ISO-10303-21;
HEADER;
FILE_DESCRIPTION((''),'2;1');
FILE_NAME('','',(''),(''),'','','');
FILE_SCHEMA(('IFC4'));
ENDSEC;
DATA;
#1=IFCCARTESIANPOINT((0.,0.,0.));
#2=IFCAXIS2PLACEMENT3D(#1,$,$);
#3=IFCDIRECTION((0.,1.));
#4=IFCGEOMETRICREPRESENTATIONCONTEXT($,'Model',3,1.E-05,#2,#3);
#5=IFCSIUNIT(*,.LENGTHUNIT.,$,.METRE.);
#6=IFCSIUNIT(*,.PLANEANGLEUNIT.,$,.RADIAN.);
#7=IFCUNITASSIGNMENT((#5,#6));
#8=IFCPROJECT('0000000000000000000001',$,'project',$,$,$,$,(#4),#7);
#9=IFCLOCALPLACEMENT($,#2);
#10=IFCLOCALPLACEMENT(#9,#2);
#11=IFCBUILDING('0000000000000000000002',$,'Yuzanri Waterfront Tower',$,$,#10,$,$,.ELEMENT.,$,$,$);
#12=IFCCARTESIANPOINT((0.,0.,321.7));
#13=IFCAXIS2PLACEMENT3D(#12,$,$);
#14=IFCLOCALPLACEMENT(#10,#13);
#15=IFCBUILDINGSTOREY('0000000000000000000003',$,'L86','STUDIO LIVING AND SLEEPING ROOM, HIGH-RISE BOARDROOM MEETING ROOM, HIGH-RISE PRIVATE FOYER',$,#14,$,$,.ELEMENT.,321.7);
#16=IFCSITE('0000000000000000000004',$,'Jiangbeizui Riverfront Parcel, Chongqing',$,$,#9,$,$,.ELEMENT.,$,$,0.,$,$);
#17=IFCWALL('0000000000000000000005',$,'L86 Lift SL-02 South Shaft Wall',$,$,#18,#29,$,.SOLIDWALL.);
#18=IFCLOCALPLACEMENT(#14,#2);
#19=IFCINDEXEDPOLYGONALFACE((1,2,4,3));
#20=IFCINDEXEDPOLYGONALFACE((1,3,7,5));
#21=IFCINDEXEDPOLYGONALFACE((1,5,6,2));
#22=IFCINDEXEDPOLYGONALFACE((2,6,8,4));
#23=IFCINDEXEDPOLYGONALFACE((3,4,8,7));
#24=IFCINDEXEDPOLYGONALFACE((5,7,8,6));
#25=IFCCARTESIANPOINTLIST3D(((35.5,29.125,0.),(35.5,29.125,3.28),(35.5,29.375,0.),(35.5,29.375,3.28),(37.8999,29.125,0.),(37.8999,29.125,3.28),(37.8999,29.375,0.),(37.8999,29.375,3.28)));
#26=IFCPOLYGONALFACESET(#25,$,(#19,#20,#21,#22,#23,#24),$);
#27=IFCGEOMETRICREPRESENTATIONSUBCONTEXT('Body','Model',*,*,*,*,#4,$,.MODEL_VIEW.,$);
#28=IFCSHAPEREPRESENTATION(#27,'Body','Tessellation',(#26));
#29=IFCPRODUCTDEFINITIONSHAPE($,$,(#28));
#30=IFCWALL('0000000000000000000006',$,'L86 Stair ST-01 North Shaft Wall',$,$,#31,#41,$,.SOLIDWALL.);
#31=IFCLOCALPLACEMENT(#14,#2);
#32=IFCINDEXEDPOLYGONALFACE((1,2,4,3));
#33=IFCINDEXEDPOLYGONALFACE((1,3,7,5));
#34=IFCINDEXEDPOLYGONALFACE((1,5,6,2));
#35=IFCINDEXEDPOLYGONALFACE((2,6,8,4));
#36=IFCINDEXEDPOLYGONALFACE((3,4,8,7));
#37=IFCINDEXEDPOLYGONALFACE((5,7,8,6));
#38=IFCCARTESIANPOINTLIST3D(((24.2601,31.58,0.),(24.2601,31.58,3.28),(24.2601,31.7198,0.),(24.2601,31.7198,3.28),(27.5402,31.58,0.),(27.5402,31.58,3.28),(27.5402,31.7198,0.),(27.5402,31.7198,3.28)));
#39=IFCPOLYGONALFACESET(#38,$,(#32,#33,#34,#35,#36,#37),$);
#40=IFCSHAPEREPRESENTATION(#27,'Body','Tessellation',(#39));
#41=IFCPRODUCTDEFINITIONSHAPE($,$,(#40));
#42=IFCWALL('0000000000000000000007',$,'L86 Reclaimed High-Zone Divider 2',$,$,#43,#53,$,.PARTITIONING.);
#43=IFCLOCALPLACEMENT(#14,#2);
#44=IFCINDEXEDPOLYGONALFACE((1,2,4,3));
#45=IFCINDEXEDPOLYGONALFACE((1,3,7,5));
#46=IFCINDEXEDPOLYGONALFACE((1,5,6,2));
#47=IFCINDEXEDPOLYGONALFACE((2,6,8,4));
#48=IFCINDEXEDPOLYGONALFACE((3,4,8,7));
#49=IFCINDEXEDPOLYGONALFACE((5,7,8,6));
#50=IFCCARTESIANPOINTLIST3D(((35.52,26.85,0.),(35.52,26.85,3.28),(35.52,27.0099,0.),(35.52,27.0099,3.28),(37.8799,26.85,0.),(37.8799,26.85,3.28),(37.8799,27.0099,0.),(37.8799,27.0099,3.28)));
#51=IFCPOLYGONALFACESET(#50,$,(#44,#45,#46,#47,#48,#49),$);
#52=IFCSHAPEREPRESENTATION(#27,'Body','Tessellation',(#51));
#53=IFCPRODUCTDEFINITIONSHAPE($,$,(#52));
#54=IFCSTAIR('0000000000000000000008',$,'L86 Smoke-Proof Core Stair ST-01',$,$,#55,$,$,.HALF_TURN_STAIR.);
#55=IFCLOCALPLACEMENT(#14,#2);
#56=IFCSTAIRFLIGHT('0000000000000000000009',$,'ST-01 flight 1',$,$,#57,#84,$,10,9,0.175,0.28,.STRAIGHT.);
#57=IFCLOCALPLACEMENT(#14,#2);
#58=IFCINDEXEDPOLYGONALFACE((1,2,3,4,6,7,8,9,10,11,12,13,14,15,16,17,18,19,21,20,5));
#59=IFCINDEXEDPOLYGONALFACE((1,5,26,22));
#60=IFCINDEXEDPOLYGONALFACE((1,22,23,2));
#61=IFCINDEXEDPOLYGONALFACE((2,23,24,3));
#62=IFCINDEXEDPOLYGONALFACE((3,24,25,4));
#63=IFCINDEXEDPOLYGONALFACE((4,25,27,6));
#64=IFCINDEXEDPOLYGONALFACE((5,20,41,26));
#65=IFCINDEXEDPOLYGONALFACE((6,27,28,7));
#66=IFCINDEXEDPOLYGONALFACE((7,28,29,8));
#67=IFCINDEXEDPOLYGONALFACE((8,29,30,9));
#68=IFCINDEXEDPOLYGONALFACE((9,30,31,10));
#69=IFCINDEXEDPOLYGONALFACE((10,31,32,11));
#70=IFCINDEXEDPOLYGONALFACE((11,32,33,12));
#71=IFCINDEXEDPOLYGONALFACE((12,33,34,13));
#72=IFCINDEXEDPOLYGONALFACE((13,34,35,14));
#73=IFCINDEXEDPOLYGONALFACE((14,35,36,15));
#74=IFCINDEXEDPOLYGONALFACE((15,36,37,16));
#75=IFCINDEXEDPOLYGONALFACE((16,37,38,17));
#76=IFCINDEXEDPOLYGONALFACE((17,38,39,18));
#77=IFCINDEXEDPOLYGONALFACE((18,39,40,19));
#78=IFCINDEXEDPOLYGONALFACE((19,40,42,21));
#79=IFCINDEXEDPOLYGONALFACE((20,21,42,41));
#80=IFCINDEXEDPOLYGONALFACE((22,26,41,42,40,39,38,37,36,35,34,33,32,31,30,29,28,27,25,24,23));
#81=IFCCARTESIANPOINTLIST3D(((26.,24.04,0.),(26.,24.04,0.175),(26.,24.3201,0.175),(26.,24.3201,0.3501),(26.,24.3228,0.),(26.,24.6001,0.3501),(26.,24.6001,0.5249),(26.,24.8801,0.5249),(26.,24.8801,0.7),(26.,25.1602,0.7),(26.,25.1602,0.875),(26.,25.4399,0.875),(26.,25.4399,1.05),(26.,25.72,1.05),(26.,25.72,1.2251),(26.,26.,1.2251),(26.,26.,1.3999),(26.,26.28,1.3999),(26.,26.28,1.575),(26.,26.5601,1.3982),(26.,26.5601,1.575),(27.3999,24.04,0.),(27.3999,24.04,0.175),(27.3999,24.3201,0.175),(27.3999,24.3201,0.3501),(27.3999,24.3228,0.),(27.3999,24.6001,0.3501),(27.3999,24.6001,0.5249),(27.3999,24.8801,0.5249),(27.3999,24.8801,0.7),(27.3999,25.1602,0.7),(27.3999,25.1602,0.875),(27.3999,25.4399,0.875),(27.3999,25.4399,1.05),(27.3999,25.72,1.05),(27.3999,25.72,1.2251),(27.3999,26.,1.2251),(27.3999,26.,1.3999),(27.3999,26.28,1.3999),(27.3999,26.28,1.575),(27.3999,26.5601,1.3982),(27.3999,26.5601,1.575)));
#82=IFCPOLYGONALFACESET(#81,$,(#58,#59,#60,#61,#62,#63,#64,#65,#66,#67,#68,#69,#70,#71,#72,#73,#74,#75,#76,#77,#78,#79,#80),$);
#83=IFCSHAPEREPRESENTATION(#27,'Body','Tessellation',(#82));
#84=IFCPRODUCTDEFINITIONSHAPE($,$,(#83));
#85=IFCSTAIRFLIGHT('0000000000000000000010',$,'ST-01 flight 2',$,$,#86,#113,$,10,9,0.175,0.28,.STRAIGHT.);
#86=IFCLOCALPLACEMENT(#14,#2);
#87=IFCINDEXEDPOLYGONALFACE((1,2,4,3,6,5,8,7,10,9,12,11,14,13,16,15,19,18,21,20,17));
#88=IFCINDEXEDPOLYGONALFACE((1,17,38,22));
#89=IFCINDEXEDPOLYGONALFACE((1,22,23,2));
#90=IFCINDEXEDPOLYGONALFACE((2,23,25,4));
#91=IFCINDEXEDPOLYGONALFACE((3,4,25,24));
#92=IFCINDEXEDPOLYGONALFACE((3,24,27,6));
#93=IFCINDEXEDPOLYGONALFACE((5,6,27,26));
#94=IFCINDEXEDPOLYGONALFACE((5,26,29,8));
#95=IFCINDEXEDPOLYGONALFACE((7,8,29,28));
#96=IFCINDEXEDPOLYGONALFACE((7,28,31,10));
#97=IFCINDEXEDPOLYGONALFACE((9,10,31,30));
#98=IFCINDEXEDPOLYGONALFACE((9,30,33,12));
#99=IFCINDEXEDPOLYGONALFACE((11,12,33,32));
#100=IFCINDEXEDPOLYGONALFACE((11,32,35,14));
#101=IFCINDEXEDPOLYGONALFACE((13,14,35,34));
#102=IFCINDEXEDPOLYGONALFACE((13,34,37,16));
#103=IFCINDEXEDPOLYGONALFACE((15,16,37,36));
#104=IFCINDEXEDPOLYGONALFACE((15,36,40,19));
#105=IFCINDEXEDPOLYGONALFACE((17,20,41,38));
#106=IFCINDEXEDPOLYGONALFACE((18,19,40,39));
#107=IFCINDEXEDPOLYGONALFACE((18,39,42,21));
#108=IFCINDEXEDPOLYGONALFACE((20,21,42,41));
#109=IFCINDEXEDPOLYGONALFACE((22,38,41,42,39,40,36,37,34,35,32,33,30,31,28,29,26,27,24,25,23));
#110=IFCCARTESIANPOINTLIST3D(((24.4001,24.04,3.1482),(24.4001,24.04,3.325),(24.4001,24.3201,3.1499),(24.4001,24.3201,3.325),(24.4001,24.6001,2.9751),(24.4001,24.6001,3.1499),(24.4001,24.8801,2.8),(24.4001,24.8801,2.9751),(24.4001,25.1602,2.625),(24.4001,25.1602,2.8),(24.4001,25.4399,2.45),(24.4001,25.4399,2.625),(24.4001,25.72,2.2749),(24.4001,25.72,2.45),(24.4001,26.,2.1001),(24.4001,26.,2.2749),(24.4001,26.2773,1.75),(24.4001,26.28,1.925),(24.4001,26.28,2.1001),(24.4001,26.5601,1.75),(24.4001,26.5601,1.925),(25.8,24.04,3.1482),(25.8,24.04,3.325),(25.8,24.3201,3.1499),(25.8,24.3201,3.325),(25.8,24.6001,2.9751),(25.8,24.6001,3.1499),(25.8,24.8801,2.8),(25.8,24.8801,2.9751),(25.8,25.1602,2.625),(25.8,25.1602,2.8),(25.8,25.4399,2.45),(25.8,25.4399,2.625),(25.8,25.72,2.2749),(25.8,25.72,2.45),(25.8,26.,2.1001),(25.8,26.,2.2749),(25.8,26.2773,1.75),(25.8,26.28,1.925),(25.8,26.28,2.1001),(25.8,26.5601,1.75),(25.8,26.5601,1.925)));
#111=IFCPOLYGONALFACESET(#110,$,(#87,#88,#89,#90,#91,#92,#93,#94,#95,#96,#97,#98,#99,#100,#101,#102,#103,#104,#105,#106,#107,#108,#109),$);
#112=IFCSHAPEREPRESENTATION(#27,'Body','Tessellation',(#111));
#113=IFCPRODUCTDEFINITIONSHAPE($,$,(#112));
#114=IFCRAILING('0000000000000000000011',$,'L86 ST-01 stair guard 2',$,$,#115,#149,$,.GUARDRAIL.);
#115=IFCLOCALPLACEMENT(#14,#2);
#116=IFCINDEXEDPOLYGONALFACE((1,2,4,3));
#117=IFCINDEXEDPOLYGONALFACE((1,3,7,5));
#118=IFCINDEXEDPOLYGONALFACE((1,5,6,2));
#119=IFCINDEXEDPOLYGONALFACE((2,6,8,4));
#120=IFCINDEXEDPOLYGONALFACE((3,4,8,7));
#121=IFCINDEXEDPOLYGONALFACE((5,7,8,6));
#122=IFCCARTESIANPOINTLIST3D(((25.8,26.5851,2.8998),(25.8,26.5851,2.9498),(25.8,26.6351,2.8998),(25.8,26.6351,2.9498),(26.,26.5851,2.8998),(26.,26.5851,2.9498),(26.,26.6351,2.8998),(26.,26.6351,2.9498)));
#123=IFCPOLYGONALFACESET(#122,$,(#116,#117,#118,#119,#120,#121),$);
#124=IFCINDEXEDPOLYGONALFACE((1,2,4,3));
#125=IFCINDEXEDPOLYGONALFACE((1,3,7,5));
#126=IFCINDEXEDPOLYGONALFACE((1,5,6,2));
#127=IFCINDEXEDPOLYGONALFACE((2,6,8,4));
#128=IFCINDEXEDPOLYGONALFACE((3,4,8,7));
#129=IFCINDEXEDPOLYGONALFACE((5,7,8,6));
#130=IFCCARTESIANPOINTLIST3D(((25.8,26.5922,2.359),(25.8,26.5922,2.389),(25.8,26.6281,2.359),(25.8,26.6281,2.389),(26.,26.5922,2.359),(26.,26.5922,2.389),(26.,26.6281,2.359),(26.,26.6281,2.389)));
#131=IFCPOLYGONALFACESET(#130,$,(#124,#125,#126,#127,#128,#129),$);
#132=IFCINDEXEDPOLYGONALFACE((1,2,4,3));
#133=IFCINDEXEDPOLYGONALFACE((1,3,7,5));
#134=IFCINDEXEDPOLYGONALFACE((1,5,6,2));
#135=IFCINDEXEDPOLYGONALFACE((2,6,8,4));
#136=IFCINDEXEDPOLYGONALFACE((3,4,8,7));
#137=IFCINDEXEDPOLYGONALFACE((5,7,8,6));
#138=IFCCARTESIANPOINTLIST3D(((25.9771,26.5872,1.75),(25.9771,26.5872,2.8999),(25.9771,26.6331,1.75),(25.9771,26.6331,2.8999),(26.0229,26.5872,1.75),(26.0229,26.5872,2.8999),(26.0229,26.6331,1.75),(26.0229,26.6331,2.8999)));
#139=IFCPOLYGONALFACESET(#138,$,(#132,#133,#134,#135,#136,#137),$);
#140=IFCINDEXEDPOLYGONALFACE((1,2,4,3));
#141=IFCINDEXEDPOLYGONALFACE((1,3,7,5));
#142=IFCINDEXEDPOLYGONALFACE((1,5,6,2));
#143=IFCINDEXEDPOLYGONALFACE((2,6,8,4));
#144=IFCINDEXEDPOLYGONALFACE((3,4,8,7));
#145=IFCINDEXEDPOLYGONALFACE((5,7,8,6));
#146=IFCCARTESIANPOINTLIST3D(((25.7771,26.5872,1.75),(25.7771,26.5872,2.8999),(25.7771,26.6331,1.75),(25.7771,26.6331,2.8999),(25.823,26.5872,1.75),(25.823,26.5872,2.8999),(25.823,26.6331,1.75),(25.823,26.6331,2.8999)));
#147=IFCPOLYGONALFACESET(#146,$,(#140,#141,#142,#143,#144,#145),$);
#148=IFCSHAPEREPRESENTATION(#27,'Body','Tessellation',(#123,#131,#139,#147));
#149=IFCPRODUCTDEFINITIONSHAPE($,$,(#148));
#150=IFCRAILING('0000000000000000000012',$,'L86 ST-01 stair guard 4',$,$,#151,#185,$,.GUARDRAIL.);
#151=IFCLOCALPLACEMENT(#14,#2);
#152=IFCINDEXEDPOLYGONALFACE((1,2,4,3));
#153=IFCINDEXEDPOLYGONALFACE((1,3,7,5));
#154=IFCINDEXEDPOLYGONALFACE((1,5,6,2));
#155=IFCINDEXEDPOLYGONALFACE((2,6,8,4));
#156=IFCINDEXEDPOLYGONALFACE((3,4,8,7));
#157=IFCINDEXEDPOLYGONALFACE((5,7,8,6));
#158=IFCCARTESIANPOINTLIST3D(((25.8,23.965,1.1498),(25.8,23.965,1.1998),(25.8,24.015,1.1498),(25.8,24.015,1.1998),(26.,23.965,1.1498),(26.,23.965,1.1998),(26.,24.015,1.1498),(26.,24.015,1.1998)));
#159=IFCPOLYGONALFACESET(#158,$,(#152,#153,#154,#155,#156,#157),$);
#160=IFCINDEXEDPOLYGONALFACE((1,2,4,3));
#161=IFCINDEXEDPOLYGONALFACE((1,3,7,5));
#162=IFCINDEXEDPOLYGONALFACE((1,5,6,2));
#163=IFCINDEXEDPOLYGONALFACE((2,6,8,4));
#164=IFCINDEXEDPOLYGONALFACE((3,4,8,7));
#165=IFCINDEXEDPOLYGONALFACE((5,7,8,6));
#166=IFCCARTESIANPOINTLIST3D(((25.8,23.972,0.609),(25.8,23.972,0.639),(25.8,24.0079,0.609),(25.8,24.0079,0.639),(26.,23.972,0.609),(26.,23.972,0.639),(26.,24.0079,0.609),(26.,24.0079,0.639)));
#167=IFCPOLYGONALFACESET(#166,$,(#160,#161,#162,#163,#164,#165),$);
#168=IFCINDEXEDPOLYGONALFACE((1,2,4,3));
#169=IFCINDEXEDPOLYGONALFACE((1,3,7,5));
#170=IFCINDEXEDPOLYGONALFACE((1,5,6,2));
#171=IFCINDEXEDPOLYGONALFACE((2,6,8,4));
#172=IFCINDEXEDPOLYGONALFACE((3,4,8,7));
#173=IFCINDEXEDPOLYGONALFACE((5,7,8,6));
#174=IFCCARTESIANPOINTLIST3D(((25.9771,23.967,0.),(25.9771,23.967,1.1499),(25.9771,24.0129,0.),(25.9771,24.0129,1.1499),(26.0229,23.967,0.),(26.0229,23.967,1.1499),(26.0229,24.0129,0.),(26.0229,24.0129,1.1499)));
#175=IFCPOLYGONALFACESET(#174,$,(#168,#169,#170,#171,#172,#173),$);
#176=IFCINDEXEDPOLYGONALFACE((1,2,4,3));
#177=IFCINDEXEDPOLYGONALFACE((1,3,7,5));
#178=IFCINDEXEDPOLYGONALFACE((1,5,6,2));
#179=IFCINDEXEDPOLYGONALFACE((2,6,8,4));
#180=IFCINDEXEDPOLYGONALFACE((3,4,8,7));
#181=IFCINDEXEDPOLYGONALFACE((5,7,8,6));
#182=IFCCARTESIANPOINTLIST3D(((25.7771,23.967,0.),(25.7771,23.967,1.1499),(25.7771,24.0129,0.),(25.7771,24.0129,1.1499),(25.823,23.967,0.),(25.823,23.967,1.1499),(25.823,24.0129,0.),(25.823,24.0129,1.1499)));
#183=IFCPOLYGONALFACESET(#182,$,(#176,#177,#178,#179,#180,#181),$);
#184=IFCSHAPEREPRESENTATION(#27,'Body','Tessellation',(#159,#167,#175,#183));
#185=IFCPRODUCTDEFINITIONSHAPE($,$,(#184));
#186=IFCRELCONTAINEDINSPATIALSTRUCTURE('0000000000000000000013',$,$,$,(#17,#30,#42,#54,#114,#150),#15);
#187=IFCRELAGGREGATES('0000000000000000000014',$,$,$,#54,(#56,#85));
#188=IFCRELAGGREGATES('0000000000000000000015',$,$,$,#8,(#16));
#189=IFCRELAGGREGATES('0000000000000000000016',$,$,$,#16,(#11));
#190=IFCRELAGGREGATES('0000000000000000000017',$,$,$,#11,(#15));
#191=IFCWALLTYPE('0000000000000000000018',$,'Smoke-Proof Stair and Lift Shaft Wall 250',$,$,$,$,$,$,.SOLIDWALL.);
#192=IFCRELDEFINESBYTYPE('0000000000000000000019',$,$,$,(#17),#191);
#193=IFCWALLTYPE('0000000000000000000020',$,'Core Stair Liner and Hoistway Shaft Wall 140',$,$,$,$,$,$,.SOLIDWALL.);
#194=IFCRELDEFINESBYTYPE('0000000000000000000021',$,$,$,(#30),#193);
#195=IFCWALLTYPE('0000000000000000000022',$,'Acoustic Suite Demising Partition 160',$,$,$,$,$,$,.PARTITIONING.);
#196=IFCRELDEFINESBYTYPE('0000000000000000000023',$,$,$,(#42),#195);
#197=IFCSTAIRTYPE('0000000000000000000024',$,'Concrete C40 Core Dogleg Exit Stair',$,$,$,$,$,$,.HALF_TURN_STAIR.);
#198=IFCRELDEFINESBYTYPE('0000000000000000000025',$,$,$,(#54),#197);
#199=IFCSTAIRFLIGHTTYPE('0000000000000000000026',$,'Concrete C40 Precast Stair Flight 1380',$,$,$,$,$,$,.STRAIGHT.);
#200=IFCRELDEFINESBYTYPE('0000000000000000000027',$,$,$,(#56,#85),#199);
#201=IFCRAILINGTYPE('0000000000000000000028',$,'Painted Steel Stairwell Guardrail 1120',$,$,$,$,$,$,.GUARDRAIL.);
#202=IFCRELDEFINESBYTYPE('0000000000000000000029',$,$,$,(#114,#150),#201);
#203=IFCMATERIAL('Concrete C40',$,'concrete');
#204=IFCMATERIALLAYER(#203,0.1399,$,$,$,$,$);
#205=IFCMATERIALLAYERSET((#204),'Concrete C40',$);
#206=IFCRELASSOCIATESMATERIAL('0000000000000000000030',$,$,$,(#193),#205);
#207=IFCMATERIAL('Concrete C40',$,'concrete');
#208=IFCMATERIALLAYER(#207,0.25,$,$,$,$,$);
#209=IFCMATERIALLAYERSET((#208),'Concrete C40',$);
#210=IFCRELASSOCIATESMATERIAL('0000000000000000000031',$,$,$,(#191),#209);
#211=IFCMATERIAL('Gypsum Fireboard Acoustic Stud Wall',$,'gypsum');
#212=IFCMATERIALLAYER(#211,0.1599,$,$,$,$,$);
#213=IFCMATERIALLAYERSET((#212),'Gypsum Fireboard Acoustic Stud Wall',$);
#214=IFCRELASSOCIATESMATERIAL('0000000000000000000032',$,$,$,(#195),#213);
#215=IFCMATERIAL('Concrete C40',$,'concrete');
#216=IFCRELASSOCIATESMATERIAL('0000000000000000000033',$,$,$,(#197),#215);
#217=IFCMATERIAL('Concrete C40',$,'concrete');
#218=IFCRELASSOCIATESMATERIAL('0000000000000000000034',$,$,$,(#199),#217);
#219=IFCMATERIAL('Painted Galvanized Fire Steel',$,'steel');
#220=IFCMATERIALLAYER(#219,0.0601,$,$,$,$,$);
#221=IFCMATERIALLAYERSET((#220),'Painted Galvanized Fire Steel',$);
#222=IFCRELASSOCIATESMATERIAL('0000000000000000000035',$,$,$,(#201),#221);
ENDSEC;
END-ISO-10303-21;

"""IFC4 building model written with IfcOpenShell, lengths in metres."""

from ifc_helpers import new_model, si_unit, direction, frame, frame_2d, origin, origin_2d, place, context, subcontext, project, spatial, polyline, rectangle, outline, extrude, source, transform, mapped, material, layer, layer_set, type_object, element, aggregate, save


model = new_model("IFC4")

# Units and contexts
model_context = context("Model", 3, precision=1e-05, world=origin(), true_north=direction((0.0, 1.0)))
body_context = subcontext(model_context, "Body", "Model", "MODEL_VIEW")
ifc_project = project(units=[si_unit("LENGTHUNIT", "METRE"), si_unit("PLANEANGLEUNIT", "RADIAN")], contexts=[model_context])

# Site, building, storey
site_placement = place(None, origin())
site = spatial("IfcSite", under=ifc_project, at=site_placement, Name="Jiangbeizui Riverfront Parcel, Chongqing", CompositionType="ELEMENT", RefElevation=0.0)
building_placement = place(site_placement, origin())
building = spatial("IfcBuilding", under=site, at=building_placement, Name="Yuzanri Waterfront Tower", CompositionType="ELEMENT")
storey_placement = place(building_placement, frame((0.0, 0.0, 321.7)))
storey = spatial("IfcBuildingStorey", under=building, at=storey_placement, Name="L86", Description="STUDIO LIVING AND SLEEPING ROOM, HIGH-RISE BOARDROOM MEETING ROOM, HIGH-RISE PRIVATE FOYER", CompositionType="ELEMENT", Elevation=321.7)

# Shared definitions
ifc_material_1 = material(Name="Concrete C40", Category="concrete")
ifc_layer_1 = layer(ifc_material_1, 0.1399)
ifc_layer_set_1 = layer_set([ifc_layer_1], Name="Concrete C40")
wall_type_1 = type_object("IfcWallType", Name="Core Stair Liner and Hoistway Shaft Wall 140", PredefinedType="SOLIDWALL", material=ifc_layer_set_1)

# Walls
ifc_material_2 = material(Name="Concrete C40", Category="concrete")
ifc_layer_2 = layer(ifc_material_2, 0.25)
ifc_layer_set_2 = layer_set([ifc_layer_2], Name="Concrete C40")
wall_type_2 = type_object("IfcWallType", Name="Smoke-Proof Stair and Lift Shaft Wall 250", PredefinedType="SOLIDWALL", material=ifc_layer_set_2)
shared_shape_1 = source(origin(), body_context, "Body", "SweptSolid", [
    extrude(rectangle(XDim=2.3999, YDim=0.25, at=frame_2d((1.2, 0.0))), origin(), (0.0, 0.0, 1.0), 3.28),
])
wall_1_placement = place(storey_placement, frame((35.5, 29.25, 0.0), z_axis=(0.0, 0.0, 1.0), x_axis=(1.0, 0.0, 0.0)))
element("IfcWall", 1, at=wall_1_placement, inside=storey, type_object=wall_type_2, Name="L86 Lift SL-02 South Shaft Wall", PredefinedType="SOLIDWALL", context=body_context, shape_type="MappedRepresentation", body=[
    mapped(shared_shape_1, transform((0.0, 0.0, 0.0), scale=1.0)),
])
shared_shape_2 = source(origin(), body_context, "Body", "SweptSolid", [
    extrude(rectangle(XDim=3.28, YDim=0.1399, at=frame_2d((1.6401, 0.0))), origin(), (0.0, 0.0, 1.0), 3.28),
])
wall_2_placement = place(storey_placement, frame((24.26, 31.6499, 0.0), z_axis=(0.0, 0.0, 1.0), x_axis=(1.0, 0.0, 0.0)))
element("IfcWall", 2, at=wall_2_placement, inside=storey, type_object=wall_type_1, Name="L86 Stair ST-01 North Shaft Wall", PredefinedType="SOLIDWALL", context=body_context, shape_type="MappedRepresentation", body=[
    mapped(shared_shape_2, transform((0.0, 0.0, 0.0), scale=1.0)),
])
ifc_material_3 = material(Name="Gypsum Fireboard Acoustic Stud Wall", Category="gypsum")
ifc_layer_3 = layer(ifc_material_3, 0.1599)
ifc_layer_set_3 = layer_set([ifc_layer_3], Name="Gypsum Fireboard Acoustic Stud Wall")
wall_type_3 = type_object("IfcWallType", Name="Acoustic Suite Demising Partition 160", PredefinedType="PARTITIONING", material=ifc_layer_set_3)
shared_shape_3 = source(origin(), body_context, "Body", "SweptSolid", [
    extrude(rectangle(XDim=2.3599, YDim=0.1599, at=frame_2d((1.1799, 0.0))), origin(), (0.0, 0.0, 1.0), 3.28),
])
wall_3_placement = place(storey_placement, frame((35.52, 26.9299, 0.0), z_axis=(0.0, 0.0, 1.0), x_axis=(1.0, 0.0, 0.0)))
element("IfcWall", 3, at=wall_3_placement, inside=storey, type_object=wall_type_3, Name="L86 Reclaimed High-Zone Divider 2", PredefinedType="PARTITIONING", context=body_context, shape_type="MappedRepresentation", body=[
    mapped(shared_shape_3, transform((0.0, 0.0, 0.0), scale=1.0)),
])

# Stair, stair flights
ifc_material_4 = material(Name="Concrete C40", Category="concrete")
stair_type = type_object("IfcStairType", Name="Concrete C40 Core Dogleg Exit Stair", PredefinedType="HALF_TURN_STAIR", material=ifc_material_4)
stair_placement = place(storey_placement, origin())
stair = element("IfcStair", 4, at=stair_placement, inside=storey, type_object=stair_type, Name="L86 Smoke-Proof Core Stair ST-01", PredefinedType="HALF_TURN_STAIR")
ifc_material_5 = material(Name="Concrete C40", Category="concrete")
stair_flight_type = type_object("IfcStairFlightType", Name="Concrete C40 Precast Stair Flight 1380", PredefinedType="STRAIGHT", material=ifc_material_5)
shared_shape_4 = source(origin(), body_context, "Body", "SweptSolid", [
    extrude(outline(polyline([(0.0, 0.0), (0.0, 0.175), (0.28, 0.175), (0.28, 0.3501), (0.5601, 0.3501), (0.5601, 0.5249), (0.8401, 0.5249), (0.8401, 0.7), (1.1201, 0.7), (1.1201, 0.875), (1.3999, 0.875), (1.3999, 1.05), (1.6799, 1.05), (1.6799, 1.2251), (1.96, 1.2251), (1.96, 1.3999), (2.24, 1.3999), (2.24, 1.575), (2.52, 1.575), (2.52, 1.75), (2.52, 1.3982), (0.2827, 0.0), (0.0, 0.0)])), frame((0.0, 0.7, 0.0), z_axis=(0.0, -1.0, 0.0), x_axis=(1.0, 0.0, 0.0)), (0.0, 0.0, 1.0), 1.3999),
])
stair_flight_1_placement = place(storey_placement, frame((26.7, 24.04, 0.0), z_axis=(0.0, 0.0, 1.0), x_axis=(0.0, 1.0, 0.0)))
stair_flight_1 = element("IfcStairFlight", 5, at=stair_flight_1_placement, type_object=stair_flight_type, Name="ST-01 flight 1", NumberOfRisers=10, NumberOfTreads=9, PredefinedType="STRAIGHT", RiserHeight=0.175, TreadLength=0.28, context=body_context, shape_type="MappedRepresentation", body=[
    mapped(shared_shape_4, transform((0.0, 0.0, 0.0), scale=1.0)),
])
stair_flight_2_placement = place(storey_placement, frame((25.1001, 26.5601, 1.75), z_axis=(0.0, 0.0, 1.0), x_axis=(0.0, -1.0, 0.0)))
stair_flight_2 = element("IfcStairFlight", 6, at=stair_flight_2_placement, type_object=stair_flight_type, Name="ST-01 flight 2", NumberOfRisers=10, NumberOfTreads=9, PredefinedType="STRAIGHT", RiserHeight=0.175, TreadLength=0.28, context=body_context, shape_type="MappedRepresentation", body=[
    mapped(shared_shape_4, transform((0.0, 0.0, 0.0), scale=1.0)),
])
aggregate(stair, [stair_flight_1, stair_flight_2])

# Railings
ifc_material_6 = material(Name="Painted Galvanized Fire Steel", Category="steel")
ifc_layer_4 = layer(ifc_material_6, 0.0601)
ifc_layer_set_4 = layer_set([ifc_layer_4], Name="Painted Galvanized Fire Steel")
railing_type_1 = type_object("IfcRailingType", Name="Painted Steel Stairwell Guardrail 1120", PredefinedType="GUARDRAIL", material=ifc_layer_set_4)
shared_shape_5 = source(origin(), body_context, "Body", "SweptSolid", [
    extrude(rectangle(XDim=0.05, YDim=0.05, at=origin_2d()), frame((0.0, 0.0, 1.1748), z_axis=(-1.0, 0.0, 0.0), x_axis=(0.0, -1.0, 0.0)), (0.0, 0.0, 1.0), 0.2),
    extrude(rectangle(XDim=0.0359, YDim=0.03, at=origin_2d()), frame((0.0, 0.0, 0.624), z_axis=(-1.0, 0.0, 0.0), x_axis=(0.0, -1.0, 0.0)), (0.0, 0.0, 1.0), 0.2),
    extrude(rectangle(XDim=0.0459, YDim=0.0459, at=origin_2d()), origin(), (0.0, 0.0, 1.0), 1.1499),
    extrude(rectangle(XDim=0.0459, YDim=0.0459, at=origin_2d()), frame((-0.2, 0.0, 0.0)), (0.0, 0.0, 1.0), 1.1499),
])
for number, where, name in (
    (7, (26.0, 26.6101, 1.75), "L86 ST-01 stair guard 2"),
    (8, (26.0, 23.99, 0.0), "L86 ST-01 stair guard 4"),
):
    element("IfcRailing", number, at=place(storey_placement, frame(where)), inside=storey, type_object=railing_type_1, Name=name, PredefinedType="GUARDRAIL", context=body_context, shape_type="MappedRepresentation", body=[
        mapped(shared_shape_5, transform((0.0, 0.0, 0.0), scale=1.0)),
    ])

save(model, "model.ifc")
